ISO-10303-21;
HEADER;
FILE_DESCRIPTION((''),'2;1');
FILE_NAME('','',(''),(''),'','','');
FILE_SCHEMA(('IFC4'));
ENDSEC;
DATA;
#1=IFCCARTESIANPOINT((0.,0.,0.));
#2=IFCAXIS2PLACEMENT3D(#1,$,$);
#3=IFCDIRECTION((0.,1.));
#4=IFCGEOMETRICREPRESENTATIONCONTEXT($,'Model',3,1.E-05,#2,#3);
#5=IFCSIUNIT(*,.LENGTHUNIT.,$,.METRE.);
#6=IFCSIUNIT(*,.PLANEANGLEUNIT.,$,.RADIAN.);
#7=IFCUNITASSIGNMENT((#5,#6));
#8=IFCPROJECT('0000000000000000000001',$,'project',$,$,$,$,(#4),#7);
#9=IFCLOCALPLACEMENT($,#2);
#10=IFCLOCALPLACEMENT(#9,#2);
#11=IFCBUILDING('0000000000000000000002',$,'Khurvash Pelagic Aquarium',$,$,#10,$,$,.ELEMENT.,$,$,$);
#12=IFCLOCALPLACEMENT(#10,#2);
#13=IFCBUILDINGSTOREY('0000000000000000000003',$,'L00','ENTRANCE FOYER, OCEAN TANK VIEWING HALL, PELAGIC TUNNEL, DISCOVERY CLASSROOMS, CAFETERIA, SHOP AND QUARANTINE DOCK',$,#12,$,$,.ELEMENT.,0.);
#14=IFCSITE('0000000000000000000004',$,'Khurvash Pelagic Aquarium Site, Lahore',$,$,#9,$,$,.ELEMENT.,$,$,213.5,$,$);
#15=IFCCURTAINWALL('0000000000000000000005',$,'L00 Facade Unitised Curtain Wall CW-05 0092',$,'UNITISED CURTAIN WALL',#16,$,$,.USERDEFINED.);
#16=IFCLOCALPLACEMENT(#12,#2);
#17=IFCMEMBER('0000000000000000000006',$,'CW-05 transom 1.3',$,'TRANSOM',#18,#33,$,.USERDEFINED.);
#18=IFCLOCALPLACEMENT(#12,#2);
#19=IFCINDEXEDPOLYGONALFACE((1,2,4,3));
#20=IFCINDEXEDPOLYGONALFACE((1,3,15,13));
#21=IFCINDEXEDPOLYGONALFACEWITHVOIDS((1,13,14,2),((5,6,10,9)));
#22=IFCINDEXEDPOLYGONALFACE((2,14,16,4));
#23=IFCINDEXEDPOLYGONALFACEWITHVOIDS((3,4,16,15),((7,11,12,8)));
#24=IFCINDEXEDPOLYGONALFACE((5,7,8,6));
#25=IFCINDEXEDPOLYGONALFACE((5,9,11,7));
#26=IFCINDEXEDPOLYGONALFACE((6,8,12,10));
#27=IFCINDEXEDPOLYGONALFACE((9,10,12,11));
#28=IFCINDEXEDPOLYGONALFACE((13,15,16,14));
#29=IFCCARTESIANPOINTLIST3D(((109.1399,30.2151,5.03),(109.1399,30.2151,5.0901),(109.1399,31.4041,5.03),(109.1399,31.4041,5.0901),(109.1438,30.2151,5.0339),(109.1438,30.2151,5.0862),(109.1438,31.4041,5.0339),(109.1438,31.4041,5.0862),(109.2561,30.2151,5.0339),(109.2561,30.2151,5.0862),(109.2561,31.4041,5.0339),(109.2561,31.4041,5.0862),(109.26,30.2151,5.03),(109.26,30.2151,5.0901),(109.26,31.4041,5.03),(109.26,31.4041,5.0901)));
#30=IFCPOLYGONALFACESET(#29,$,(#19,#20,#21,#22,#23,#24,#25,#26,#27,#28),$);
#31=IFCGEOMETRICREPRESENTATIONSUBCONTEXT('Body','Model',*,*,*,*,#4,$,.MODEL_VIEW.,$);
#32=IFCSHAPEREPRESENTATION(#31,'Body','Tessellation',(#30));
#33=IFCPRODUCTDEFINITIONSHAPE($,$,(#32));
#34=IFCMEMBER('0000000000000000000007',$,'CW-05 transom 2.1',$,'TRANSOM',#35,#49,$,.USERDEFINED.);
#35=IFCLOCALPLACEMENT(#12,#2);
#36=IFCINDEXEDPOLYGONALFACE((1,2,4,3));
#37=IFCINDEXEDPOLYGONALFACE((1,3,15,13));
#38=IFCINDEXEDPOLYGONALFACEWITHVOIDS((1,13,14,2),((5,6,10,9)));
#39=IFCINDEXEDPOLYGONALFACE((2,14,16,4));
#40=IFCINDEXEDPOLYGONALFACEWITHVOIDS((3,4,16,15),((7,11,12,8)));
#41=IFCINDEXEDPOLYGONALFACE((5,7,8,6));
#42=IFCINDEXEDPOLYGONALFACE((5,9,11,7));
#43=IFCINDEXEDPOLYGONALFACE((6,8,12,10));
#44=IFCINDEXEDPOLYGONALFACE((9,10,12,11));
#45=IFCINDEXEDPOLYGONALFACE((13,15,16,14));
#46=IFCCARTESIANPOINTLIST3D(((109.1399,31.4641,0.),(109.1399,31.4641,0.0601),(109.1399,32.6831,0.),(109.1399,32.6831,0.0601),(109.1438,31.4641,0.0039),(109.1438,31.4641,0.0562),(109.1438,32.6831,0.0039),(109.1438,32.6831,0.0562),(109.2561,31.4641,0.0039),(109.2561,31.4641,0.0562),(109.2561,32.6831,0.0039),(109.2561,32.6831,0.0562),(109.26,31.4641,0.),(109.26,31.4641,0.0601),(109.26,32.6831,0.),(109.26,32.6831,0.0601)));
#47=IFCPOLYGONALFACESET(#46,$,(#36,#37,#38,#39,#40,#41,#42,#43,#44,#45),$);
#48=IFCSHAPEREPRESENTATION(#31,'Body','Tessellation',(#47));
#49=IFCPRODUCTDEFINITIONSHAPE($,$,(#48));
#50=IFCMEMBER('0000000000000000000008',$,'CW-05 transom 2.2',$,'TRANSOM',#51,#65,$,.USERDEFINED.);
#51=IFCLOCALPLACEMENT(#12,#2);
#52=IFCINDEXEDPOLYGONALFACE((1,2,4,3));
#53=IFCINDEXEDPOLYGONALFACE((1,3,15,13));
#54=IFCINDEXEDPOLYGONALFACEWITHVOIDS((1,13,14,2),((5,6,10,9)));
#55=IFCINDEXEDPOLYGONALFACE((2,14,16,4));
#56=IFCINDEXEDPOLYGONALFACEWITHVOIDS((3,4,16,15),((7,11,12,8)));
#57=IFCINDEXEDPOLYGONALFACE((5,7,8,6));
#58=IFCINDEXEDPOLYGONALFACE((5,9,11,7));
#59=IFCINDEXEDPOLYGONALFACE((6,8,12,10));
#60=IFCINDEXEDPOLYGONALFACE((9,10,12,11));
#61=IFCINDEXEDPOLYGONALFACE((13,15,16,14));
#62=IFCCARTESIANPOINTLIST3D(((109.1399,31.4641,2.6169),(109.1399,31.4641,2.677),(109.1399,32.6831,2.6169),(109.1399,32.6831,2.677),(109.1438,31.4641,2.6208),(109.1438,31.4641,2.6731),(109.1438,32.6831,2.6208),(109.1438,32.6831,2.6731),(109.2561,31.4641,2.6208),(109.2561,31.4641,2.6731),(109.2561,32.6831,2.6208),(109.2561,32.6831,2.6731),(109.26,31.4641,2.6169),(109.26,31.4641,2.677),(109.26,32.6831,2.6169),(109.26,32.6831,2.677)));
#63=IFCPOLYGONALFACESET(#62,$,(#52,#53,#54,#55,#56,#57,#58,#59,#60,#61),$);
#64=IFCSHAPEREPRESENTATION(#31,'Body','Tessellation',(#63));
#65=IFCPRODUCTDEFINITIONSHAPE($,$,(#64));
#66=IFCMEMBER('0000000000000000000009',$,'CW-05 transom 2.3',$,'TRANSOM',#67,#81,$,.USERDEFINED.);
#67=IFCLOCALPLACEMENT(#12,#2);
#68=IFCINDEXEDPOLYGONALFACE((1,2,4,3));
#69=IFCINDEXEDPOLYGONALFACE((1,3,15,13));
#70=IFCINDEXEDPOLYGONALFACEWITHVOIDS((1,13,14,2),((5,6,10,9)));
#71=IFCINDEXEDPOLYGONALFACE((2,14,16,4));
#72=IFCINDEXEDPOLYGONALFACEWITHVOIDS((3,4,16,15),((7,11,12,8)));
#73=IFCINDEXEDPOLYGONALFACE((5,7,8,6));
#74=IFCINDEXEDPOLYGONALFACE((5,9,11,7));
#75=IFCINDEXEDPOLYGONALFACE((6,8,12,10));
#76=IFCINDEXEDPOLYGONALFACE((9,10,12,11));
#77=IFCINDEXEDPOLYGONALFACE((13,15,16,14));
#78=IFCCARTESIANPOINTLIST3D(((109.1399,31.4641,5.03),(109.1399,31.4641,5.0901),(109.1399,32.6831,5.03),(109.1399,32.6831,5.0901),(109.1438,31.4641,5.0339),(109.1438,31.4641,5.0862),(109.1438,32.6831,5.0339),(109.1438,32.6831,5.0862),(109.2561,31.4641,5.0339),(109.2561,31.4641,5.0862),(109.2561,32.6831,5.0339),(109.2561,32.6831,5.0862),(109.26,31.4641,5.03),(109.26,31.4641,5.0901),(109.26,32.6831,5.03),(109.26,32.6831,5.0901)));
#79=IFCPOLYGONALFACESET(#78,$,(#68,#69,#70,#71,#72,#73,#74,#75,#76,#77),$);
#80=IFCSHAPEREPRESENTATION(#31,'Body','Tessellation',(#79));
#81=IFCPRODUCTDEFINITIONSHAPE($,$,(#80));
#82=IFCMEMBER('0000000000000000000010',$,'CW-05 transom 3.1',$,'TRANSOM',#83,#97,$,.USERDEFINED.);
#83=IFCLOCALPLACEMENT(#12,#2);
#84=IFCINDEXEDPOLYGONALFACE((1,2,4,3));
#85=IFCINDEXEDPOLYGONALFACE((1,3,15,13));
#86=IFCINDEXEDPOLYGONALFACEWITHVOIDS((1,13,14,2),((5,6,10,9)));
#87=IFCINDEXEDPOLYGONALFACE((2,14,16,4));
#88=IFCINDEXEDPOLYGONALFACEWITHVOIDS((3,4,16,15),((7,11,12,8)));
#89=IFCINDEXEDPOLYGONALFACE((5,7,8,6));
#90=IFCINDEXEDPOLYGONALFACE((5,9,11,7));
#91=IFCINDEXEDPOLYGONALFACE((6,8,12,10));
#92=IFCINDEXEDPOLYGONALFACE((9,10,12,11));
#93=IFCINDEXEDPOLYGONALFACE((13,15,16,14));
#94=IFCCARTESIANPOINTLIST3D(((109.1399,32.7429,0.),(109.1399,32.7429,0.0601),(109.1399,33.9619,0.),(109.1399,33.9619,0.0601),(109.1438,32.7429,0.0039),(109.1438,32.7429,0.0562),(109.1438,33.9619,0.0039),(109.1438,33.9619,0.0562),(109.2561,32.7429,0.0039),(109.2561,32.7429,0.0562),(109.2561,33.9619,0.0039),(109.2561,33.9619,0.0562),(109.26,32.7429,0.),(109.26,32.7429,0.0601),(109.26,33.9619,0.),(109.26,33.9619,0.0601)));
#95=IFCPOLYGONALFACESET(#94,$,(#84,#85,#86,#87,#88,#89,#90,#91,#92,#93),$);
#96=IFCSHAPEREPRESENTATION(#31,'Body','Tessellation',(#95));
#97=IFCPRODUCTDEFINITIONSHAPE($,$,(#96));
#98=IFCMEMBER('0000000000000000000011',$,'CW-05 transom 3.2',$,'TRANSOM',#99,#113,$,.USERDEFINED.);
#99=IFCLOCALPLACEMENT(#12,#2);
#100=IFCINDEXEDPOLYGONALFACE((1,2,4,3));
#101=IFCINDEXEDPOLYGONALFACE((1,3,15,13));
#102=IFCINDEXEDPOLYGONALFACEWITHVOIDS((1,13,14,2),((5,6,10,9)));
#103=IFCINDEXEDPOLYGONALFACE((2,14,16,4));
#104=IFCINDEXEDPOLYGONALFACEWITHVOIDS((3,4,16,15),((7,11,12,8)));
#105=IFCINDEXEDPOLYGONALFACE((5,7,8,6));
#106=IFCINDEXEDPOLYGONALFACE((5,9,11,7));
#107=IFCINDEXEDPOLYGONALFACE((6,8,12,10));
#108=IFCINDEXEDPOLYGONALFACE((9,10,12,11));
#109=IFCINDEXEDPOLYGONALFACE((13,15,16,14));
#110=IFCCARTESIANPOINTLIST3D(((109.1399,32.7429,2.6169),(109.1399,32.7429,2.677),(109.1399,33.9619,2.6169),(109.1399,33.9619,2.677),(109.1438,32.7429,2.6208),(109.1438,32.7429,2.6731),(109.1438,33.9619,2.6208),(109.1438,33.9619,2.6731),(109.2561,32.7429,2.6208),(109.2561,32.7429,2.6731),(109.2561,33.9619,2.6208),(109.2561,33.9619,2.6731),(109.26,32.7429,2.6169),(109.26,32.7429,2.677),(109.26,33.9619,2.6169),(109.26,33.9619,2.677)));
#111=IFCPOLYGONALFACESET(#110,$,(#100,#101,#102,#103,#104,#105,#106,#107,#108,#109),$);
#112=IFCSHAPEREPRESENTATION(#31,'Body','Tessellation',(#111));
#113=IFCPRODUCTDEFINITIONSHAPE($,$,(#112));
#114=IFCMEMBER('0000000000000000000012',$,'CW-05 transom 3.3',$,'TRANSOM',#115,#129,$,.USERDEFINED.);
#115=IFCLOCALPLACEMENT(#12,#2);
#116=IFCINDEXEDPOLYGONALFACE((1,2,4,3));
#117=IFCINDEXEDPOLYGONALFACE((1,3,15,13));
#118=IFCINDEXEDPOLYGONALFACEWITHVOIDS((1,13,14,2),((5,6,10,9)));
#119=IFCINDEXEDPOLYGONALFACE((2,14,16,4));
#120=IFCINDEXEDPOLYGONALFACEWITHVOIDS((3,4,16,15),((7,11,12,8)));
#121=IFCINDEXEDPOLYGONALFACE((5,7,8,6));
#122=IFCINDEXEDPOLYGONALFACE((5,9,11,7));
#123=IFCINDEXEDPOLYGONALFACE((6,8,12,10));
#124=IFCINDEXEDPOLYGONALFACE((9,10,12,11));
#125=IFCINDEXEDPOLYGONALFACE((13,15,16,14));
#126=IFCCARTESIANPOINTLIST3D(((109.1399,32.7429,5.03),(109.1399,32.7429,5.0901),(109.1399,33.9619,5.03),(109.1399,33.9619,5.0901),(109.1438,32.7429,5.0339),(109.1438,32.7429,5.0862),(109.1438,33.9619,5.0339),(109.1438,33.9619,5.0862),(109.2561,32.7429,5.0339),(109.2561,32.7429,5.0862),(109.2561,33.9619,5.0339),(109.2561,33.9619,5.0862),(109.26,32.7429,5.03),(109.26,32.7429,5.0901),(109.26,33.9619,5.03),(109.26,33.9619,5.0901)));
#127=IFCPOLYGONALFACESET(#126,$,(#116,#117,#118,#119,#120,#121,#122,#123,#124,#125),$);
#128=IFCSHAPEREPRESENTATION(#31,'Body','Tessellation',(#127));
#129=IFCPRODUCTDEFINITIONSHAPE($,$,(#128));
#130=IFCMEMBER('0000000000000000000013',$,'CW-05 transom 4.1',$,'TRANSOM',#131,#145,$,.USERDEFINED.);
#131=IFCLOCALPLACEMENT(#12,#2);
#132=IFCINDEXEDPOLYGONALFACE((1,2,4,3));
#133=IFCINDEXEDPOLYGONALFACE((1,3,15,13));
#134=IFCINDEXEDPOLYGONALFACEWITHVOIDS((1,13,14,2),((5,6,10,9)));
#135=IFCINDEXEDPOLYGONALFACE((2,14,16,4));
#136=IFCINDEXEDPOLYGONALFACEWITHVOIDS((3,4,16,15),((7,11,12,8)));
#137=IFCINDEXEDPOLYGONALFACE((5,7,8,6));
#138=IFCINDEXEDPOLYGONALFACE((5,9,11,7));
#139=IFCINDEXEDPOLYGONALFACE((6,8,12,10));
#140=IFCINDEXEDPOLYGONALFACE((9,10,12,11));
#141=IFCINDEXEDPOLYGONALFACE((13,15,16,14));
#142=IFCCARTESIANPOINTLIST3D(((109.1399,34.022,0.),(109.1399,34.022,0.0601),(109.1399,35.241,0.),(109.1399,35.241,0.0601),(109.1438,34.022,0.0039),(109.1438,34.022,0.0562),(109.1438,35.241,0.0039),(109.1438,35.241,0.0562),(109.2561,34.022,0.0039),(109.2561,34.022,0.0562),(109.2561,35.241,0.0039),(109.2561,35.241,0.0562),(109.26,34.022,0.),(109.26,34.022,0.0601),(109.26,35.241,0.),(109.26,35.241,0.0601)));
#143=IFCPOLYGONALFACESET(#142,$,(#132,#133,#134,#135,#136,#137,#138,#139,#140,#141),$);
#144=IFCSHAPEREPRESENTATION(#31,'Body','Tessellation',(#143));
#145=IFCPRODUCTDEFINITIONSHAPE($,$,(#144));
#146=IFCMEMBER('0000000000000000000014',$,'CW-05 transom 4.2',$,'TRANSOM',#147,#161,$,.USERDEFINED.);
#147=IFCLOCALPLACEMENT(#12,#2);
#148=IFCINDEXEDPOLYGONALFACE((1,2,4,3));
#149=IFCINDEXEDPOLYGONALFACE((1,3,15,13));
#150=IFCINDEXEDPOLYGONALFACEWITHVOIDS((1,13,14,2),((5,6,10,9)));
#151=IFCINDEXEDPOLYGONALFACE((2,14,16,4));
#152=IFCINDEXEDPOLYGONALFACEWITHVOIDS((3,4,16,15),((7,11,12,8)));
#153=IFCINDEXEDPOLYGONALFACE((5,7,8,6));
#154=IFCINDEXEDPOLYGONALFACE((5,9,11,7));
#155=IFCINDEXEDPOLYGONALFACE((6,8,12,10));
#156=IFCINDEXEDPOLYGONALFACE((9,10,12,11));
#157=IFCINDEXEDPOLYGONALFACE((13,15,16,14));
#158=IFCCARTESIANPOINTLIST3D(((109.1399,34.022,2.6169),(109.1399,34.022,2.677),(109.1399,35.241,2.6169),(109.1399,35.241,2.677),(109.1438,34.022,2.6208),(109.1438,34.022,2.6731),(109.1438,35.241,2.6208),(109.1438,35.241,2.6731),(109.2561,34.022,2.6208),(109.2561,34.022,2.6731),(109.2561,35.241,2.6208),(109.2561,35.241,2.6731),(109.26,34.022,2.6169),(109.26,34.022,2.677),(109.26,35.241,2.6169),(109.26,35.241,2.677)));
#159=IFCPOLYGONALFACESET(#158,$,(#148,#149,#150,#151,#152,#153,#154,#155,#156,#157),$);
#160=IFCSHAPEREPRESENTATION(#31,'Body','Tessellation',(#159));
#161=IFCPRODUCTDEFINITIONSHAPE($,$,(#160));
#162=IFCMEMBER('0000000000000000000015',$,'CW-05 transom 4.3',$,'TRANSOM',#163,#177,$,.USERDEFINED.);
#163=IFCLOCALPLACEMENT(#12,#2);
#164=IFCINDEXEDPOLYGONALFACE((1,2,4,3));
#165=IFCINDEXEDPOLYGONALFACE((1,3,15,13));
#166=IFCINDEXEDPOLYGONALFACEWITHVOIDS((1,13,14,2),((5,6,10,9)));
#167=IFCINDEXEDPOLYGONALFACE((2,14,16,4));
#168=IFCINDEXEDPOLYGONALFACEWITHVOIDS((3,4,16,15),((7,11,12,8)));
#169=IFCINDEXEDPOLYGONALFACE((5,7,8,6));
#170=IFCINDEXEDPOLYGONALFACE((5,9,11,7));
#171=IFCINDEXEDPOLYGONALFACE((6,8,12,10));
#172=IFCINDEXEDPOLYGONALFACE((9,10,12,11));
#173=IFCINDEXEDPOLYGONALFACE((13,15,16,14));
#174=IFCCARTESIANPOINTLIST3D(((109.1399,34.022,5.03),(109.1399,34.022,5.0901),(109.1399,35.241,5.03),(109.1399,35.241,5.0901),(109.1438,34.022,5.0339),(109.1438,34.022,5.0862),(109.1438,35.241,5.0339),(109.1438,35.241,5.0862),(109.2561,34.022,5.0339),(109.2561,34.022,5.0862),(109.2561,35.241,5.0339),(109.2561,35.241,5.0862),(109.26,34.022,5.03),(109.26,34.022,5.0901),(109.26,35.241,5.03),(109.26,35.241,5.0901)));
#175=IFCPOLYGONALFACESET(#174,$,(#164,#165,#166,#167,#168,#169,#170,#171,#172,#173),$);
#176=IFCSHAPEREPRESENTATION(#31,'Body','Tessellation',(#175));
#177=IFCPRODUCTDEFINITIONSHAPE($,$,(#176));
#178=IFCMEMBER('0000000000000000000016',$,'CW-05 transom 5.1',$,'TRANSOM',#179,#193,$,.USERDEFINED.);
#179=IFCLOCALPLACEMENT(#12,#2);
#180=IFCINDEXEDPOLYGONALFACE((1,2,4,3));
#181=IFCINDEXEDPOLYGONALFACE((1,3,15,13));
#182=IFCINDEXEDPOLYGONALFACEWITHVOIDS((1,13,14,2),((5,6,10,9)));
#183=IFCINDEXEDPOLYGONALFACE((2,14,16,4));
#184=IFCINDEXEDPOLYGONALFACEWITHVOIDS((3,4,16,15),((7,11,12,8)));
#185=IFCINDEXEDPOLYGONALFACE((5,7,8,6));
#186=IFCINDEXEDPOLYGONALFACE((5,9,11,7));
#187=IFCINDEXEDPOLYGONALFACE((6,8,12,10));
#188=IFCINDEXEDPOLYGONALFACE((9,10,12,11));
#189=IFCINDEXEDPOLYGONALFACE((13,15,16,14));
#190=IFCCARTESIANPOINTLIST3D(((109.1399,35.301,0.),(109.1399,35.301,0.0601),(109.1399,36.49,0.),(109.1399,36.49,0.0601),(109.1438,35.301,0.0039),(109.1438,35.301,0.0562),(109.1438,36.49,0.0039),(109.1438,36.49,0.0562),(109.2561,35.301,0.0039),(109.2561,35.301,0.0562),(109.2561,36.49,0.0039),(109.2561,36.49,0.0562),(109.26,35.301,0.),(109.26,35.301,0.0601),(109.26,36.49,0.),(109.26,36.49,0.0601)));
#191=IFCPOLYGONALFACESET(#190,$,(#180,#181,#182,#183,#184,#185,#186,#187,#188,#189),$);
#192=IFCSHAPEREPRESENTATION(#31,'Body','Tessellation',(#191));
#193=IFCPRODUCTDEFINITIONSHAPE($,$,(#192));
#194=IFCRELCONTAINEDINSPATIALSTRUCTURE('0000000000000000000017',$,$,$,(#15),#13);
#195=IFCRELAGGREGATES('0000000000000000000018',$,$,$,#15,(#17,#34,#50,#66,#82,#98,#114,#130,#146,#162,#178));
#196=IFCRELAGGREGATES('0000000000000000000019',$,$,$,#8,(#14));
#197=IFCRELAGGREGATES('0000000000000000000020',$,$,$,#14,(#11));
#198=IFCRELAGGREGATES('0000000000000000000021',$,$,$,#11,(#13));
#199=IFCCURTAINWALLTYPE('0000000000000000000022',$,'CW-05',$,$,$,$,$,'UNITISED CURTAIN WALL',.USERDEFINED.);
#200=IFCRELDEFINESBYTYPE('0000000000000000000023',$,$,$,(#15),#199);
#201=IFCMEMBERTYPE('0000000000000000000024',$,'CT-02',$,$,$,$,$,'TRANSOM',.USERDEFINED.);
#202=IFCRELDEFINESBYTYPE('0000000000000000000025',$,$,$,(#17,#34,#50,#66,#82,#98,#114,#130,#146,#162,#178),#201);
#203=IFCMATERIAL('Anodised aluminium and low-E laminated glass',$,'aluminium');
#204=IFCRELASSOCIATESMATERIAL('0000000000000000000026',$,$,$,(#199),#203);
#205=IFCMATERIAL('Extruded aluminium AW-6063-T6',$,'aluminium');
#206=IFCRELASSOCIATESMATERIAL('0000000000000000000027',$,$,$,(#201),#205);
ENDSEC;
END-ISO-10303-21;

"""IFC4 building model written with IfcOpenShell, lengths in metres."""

from ifc_helpers import new_model, si_unit, direction, frame, origin, origin_2d, place, context, subcontext, project, spatial, hollow_rectangle, extrude, material, material_profile, profile_set, type_object, element, aggregate, save


model = new_model("IFC4")

# Units and contexts
model_context = context("Model", 3, precision=1e-05, world=origin(), true_north=direction((0.0, 1.0)))
body_context = subcontext(model_context, "Body", "Model", "MODEL_VIEW")
ifc_project = project(units=[si_unit("LENGTHUNIT", "METRE"), si_unit("PLANEANGLEUNIT", "RADIAN")], contexts=[model_context])

# Site, building, storey
site_placement = place(None, origin())
site = spatial("IfcSite", under=ifc_project, at=site_placement, Name="Khurvash Pelagic Aquarium Site, Lahore", CompositionType="ELEMENT", RefElevation=213.5)
building_placement = place(site_placement, origin())
building = spatial("IfcBuilding", under=site, at=building_placement, Name="Khurvash Pelagic Aquarium", CompositionType="ELEMENT")
storey_placement = place(building_placement, origin())
storey = spatial("IfcBuildingStorey", under=building, at=storey_placement, Name="L00", Description="ENTRANCE FOYER, OCEAN TANK VIEWING HALL, PELAGIC TUNNEL, DISCOVERY CLASSROOMS, CAFETERIA, SHOP AND QUARANTINE DOCK", CompositionType="ELEMENT", Elevation=0.0)

# Curtain wall
ifc_material_1 = material(Name="Anodised aluminium and low-E laminated glass", Category="aluminium")
curtain_wall_type_1 = type_object("IfcCurtainWallType", Name="CW-05", ElementType="UNITISED CURTAIN WALL", PredefinedType="USERDEFINED", material=ifc_material_1)
curtain_wall_1_placement = place(storey_placement, origin())
curtain_wall_1 = element("IfcCurtainWall", 1, at=curtain_wall_1_placement, inside=storey, type_object=curtain_wall_type_1, Name="L00 Facade Unitised Curtain Wall CW-05 0092", ObjectType="UNITISED CURTAIN WALL", PredefinedType="USERDEFINED")
ifc_material_2 = material(Name="Extruded aluminium AW-6063-T6", Category="aluminium")

# Members
ifc_material_profile_1 = material_profile(ifc_material_2, hollow_rectangle(XDim=0.1201, YDim=0.0601, WallThickness=0.0039, at=origin_2d()), Name="CWT120X60X4")
ifc_profile_set_1 = profile_set([ifc_material_profile_1], Name="Extruded aluminium AW-6063-T6")
member_type_1 = type_object("IfcMemberType", Name="CT-02", ElementType="TRANSOM", PredefinedType="USERDEFINED", material=ifc_profile_set_1)
member_1_placement = place(storey_placement, frame((109.2, 30.2151, 5.0601), z_axis=(0.0, 1.0, 0.0), x_axis=(-1.0, 0.0, 0.0)))
member_1 = element("IfcMember", 2, at=member_1_placement, type_object=member_type_1, Name="CW-05 transom 1.3", ObjectType="TRANSOM", PredefinedType="USERDEFINED", context=body_context, shape_type="SweptSolid", body=[
    extrude(hollow_rectangle(XDim=0.1201, YDim=0.0601, WallThickness=0.0039, at=origin_2d()), origin(), (0.0, 0.0, 1.0), 1.189),
])
member_2_placement = place(storey_placement, frame((109.2, 31.4641, 0.03), z_axis=(0.0, 1.0, 0.0), x_axis=(-1.0, 0.0, 0.0)))
member_2 = element("IfcMember", 3, at=member_2_placement, type_object=member_type_1, Name="CW-05 transom 2.1", ObjectType="TRANSOM", PredefinedType="USERDEFINED", context=body_context, shape_type="SweptSolid", body=[
    extrude(hollow_rectangle(XDim=0.1201, YDim=0.0601, WallThickness=0.0039, at=origin_2d()), origin(), (0.0, 0.0, 1.0), 1.219),
])
member_3_placement = place(storey_placement, frame((109.2, 31.4641, 2.647), z_axis=(0.0, 1.0, 0.0), x_axis=(-1.0, 0.0, 0.0)))
member_3 = element("IfcMember", 4, at=member_3_placement, type_object=member_type_1, Name="CW-05 transom 2.2", ObjectType="TRANSOM", PredefinedType="USERDEFINED", context=body_context, shape_type="SweptSolid", body=[
    extrude(hollow_rectangle(XDim=0.1201, YDim=0.0601, WallThickness=0.0039, at=origin_2d()), origin(), (0.0, 0.0, 1.0), 1.219),
])
member_4_placement = place(storey_placement, frame((109.2, 31.4641, 5.0601), z_axis=(0.0, 1.0, 0.0), x_axis=(-1.0, 0.0, 0.0)))
member_4 = element("IfcMember", 5, at=member_4_placement, type_object=member_type_1, Name="CW-05 transom 2.3", ObjectType="TRANSOM", PredefinedType="USERDEFINED", context=body_context, shape_type="SweptSolid", body=[
    extrude(hollow_rectangle(XDim=0.1201, YDim=0.0601, WallThickness=0.0039, at=origin_2d()), origin(), (0.0, 0.0, 1.0), 1.219),
])
member_5_placement = place(storey_placement, frame((109.2, 32.7429, 0.03), z_axis=(0.0, 1.0, 0.0), x_axis=(-1.0, 0.0, 0.0)))
member_5 = element("IfcMember", 6, at=member_5_placement, type_object=member_type_1, Name="CW-05 transom 3.1", ObjectType="TRANSOM", PredefinedType="USERDEFINED", context=body_context, shape_type="SweptSolid", body=[
    extrude(hollow_rectangle(XDim=0.1201, YDim=0.0601, WallThickness=0.0039, at=origin_2d()), origin(), (0.0, 0.0, 1.0), 1.219),
])
member_6_placement = place(storey_placement, frame((109.2, 32.7429, 2.647), z_axis=(0.0, 1.0, 0.0), x_axis=(-1.0, 0.0, 0.0)))
member_6 = element("IfcMember", 7, at=member_6_placement, type_object=member_type_1, Name="CW-05 transom 3.2", ObjectType="TRANSOM", PredefinedType="USERDEFINED", context=body_context, shape_type="SweptSolid", body=[
    extrude(hollow_rectangle(XDim=0.1201, YDim=0.0601, WallThickness=0.0039, at=origin_2d()), origin(), (0.0, 0.0, 1.0), 1.219),
])
member_7_placement = place(storey_placement, frame((109.2, 32.7429, 5.0601), z_axis=(0.0, 1.0, 0.0), x_axis=(-1.0, 0.0, 0.0)))
member_7 = element("IfcMember", 8, at=member_7_placement, type_object=member_type_1, Name="CW-05 transom 3.3", ObjectType="TRANSOM", PredefinedType="USERDEFINED", context=body_context, shape_type="SweptSolid", body=[
    extrude(hollow_rectangle(XDim=0.1201, YDim=0.0601, WallThickness=0.0039, at=origin_2d()), origin(), (0.0, 0.0, 1.0), 1.219),
])
member_8_placement = place(storey_placement, frame((109.2, 34.022, 0.03), z_axis=(0.0, 1.0, 0.0), x_axis=(-1.0, 0.0, 0.0)))
member_8 = element("IfcMember", 9, at=member_8_placement, type_object=member_type_1, Name="CW-05 transom 4.1", ObjectType="TRANSOM", PredefinedType="USERDEFINED", context=body_context, shape_type="SweptSolid", body=[
    extrude(hollow_rectangle(XDim=0.1201, YDim=0.0601, WallThickness=0.0039, at=origin_2d()), origin(), (0.0, 0.0, 1.0), 1.219),
])
member_9_placement = place(storey_placement, frame((109.2, 34.022, 2.647), z_axis=(0.0, 1.0, 0.0), x_axis=(-1.0, 0.0, 0.0)))
member_9 = element("IfcMember", 10, at=member_9_placement, type_object=member_type_1, Name="CW-05 transom 4.2", ObjectType="TRANSOM", PredefinedType="USERDEFINED", context=body_context, shape_type="SweptSolid", body=[
    extrude(hollow_rectangle(XDim=0.1201, YDim=0.0601, WallThickness=0.0039, at=origin_2d()), origin(), (0.0, 0.0, 1.0), 1.219),
])
member_10_placement = place(storey_placement, frame((109.2, 34.022, 5.0601), z_axis=(0.0, 1.0, 0.0), x_axis=(-1.0, 0.0, 0.0)))
member_10 = element("IfcMember", 11, at=member_10_placement, type_object=member_type_1, Name="CW-05 transom 4.3", ObjectType="TRANSOM", PredefinedType="USERDEFINED", context=body_context, shape_type="SweptSolid", body=[
    extrude(hollow_rectangle(XDim=0.1201, YDim=0.0601, WallThickness=0.0039, at=origin_2d()), origin(), (0.0, 0.0, 1.0), 1.219),
])
member_11_placement = place(storey_placement, frame((109.2, 35.301, 0.03), z_axis=(0.0, 1.0, 0.0), x_axis=(-1.0, 0.0, 0.0)))
member_11 = element("IfcMember", 12, at=member_11_placement, type_object=member_type_1, Name="CW-05 transom 5.1", ObjectType="TRANSOM", PredefinedType="USERDEFINED", context=body_context, shape_type="SweptSolid", body=[
    extrude(hollow_rectangle(XDim=0.1201, YDim=0.0601, WallThickness=0.0039, at=origin_2d()), origin(), (0.0, 0.0, 1.0), 1.189),
])

aggregate(curtain_wall_1, [member_1, member_2, member_3, member_4, member_5, member_6, member_7, member_8, member_9, member_10, member_11])

save(model, "model.ifc")
